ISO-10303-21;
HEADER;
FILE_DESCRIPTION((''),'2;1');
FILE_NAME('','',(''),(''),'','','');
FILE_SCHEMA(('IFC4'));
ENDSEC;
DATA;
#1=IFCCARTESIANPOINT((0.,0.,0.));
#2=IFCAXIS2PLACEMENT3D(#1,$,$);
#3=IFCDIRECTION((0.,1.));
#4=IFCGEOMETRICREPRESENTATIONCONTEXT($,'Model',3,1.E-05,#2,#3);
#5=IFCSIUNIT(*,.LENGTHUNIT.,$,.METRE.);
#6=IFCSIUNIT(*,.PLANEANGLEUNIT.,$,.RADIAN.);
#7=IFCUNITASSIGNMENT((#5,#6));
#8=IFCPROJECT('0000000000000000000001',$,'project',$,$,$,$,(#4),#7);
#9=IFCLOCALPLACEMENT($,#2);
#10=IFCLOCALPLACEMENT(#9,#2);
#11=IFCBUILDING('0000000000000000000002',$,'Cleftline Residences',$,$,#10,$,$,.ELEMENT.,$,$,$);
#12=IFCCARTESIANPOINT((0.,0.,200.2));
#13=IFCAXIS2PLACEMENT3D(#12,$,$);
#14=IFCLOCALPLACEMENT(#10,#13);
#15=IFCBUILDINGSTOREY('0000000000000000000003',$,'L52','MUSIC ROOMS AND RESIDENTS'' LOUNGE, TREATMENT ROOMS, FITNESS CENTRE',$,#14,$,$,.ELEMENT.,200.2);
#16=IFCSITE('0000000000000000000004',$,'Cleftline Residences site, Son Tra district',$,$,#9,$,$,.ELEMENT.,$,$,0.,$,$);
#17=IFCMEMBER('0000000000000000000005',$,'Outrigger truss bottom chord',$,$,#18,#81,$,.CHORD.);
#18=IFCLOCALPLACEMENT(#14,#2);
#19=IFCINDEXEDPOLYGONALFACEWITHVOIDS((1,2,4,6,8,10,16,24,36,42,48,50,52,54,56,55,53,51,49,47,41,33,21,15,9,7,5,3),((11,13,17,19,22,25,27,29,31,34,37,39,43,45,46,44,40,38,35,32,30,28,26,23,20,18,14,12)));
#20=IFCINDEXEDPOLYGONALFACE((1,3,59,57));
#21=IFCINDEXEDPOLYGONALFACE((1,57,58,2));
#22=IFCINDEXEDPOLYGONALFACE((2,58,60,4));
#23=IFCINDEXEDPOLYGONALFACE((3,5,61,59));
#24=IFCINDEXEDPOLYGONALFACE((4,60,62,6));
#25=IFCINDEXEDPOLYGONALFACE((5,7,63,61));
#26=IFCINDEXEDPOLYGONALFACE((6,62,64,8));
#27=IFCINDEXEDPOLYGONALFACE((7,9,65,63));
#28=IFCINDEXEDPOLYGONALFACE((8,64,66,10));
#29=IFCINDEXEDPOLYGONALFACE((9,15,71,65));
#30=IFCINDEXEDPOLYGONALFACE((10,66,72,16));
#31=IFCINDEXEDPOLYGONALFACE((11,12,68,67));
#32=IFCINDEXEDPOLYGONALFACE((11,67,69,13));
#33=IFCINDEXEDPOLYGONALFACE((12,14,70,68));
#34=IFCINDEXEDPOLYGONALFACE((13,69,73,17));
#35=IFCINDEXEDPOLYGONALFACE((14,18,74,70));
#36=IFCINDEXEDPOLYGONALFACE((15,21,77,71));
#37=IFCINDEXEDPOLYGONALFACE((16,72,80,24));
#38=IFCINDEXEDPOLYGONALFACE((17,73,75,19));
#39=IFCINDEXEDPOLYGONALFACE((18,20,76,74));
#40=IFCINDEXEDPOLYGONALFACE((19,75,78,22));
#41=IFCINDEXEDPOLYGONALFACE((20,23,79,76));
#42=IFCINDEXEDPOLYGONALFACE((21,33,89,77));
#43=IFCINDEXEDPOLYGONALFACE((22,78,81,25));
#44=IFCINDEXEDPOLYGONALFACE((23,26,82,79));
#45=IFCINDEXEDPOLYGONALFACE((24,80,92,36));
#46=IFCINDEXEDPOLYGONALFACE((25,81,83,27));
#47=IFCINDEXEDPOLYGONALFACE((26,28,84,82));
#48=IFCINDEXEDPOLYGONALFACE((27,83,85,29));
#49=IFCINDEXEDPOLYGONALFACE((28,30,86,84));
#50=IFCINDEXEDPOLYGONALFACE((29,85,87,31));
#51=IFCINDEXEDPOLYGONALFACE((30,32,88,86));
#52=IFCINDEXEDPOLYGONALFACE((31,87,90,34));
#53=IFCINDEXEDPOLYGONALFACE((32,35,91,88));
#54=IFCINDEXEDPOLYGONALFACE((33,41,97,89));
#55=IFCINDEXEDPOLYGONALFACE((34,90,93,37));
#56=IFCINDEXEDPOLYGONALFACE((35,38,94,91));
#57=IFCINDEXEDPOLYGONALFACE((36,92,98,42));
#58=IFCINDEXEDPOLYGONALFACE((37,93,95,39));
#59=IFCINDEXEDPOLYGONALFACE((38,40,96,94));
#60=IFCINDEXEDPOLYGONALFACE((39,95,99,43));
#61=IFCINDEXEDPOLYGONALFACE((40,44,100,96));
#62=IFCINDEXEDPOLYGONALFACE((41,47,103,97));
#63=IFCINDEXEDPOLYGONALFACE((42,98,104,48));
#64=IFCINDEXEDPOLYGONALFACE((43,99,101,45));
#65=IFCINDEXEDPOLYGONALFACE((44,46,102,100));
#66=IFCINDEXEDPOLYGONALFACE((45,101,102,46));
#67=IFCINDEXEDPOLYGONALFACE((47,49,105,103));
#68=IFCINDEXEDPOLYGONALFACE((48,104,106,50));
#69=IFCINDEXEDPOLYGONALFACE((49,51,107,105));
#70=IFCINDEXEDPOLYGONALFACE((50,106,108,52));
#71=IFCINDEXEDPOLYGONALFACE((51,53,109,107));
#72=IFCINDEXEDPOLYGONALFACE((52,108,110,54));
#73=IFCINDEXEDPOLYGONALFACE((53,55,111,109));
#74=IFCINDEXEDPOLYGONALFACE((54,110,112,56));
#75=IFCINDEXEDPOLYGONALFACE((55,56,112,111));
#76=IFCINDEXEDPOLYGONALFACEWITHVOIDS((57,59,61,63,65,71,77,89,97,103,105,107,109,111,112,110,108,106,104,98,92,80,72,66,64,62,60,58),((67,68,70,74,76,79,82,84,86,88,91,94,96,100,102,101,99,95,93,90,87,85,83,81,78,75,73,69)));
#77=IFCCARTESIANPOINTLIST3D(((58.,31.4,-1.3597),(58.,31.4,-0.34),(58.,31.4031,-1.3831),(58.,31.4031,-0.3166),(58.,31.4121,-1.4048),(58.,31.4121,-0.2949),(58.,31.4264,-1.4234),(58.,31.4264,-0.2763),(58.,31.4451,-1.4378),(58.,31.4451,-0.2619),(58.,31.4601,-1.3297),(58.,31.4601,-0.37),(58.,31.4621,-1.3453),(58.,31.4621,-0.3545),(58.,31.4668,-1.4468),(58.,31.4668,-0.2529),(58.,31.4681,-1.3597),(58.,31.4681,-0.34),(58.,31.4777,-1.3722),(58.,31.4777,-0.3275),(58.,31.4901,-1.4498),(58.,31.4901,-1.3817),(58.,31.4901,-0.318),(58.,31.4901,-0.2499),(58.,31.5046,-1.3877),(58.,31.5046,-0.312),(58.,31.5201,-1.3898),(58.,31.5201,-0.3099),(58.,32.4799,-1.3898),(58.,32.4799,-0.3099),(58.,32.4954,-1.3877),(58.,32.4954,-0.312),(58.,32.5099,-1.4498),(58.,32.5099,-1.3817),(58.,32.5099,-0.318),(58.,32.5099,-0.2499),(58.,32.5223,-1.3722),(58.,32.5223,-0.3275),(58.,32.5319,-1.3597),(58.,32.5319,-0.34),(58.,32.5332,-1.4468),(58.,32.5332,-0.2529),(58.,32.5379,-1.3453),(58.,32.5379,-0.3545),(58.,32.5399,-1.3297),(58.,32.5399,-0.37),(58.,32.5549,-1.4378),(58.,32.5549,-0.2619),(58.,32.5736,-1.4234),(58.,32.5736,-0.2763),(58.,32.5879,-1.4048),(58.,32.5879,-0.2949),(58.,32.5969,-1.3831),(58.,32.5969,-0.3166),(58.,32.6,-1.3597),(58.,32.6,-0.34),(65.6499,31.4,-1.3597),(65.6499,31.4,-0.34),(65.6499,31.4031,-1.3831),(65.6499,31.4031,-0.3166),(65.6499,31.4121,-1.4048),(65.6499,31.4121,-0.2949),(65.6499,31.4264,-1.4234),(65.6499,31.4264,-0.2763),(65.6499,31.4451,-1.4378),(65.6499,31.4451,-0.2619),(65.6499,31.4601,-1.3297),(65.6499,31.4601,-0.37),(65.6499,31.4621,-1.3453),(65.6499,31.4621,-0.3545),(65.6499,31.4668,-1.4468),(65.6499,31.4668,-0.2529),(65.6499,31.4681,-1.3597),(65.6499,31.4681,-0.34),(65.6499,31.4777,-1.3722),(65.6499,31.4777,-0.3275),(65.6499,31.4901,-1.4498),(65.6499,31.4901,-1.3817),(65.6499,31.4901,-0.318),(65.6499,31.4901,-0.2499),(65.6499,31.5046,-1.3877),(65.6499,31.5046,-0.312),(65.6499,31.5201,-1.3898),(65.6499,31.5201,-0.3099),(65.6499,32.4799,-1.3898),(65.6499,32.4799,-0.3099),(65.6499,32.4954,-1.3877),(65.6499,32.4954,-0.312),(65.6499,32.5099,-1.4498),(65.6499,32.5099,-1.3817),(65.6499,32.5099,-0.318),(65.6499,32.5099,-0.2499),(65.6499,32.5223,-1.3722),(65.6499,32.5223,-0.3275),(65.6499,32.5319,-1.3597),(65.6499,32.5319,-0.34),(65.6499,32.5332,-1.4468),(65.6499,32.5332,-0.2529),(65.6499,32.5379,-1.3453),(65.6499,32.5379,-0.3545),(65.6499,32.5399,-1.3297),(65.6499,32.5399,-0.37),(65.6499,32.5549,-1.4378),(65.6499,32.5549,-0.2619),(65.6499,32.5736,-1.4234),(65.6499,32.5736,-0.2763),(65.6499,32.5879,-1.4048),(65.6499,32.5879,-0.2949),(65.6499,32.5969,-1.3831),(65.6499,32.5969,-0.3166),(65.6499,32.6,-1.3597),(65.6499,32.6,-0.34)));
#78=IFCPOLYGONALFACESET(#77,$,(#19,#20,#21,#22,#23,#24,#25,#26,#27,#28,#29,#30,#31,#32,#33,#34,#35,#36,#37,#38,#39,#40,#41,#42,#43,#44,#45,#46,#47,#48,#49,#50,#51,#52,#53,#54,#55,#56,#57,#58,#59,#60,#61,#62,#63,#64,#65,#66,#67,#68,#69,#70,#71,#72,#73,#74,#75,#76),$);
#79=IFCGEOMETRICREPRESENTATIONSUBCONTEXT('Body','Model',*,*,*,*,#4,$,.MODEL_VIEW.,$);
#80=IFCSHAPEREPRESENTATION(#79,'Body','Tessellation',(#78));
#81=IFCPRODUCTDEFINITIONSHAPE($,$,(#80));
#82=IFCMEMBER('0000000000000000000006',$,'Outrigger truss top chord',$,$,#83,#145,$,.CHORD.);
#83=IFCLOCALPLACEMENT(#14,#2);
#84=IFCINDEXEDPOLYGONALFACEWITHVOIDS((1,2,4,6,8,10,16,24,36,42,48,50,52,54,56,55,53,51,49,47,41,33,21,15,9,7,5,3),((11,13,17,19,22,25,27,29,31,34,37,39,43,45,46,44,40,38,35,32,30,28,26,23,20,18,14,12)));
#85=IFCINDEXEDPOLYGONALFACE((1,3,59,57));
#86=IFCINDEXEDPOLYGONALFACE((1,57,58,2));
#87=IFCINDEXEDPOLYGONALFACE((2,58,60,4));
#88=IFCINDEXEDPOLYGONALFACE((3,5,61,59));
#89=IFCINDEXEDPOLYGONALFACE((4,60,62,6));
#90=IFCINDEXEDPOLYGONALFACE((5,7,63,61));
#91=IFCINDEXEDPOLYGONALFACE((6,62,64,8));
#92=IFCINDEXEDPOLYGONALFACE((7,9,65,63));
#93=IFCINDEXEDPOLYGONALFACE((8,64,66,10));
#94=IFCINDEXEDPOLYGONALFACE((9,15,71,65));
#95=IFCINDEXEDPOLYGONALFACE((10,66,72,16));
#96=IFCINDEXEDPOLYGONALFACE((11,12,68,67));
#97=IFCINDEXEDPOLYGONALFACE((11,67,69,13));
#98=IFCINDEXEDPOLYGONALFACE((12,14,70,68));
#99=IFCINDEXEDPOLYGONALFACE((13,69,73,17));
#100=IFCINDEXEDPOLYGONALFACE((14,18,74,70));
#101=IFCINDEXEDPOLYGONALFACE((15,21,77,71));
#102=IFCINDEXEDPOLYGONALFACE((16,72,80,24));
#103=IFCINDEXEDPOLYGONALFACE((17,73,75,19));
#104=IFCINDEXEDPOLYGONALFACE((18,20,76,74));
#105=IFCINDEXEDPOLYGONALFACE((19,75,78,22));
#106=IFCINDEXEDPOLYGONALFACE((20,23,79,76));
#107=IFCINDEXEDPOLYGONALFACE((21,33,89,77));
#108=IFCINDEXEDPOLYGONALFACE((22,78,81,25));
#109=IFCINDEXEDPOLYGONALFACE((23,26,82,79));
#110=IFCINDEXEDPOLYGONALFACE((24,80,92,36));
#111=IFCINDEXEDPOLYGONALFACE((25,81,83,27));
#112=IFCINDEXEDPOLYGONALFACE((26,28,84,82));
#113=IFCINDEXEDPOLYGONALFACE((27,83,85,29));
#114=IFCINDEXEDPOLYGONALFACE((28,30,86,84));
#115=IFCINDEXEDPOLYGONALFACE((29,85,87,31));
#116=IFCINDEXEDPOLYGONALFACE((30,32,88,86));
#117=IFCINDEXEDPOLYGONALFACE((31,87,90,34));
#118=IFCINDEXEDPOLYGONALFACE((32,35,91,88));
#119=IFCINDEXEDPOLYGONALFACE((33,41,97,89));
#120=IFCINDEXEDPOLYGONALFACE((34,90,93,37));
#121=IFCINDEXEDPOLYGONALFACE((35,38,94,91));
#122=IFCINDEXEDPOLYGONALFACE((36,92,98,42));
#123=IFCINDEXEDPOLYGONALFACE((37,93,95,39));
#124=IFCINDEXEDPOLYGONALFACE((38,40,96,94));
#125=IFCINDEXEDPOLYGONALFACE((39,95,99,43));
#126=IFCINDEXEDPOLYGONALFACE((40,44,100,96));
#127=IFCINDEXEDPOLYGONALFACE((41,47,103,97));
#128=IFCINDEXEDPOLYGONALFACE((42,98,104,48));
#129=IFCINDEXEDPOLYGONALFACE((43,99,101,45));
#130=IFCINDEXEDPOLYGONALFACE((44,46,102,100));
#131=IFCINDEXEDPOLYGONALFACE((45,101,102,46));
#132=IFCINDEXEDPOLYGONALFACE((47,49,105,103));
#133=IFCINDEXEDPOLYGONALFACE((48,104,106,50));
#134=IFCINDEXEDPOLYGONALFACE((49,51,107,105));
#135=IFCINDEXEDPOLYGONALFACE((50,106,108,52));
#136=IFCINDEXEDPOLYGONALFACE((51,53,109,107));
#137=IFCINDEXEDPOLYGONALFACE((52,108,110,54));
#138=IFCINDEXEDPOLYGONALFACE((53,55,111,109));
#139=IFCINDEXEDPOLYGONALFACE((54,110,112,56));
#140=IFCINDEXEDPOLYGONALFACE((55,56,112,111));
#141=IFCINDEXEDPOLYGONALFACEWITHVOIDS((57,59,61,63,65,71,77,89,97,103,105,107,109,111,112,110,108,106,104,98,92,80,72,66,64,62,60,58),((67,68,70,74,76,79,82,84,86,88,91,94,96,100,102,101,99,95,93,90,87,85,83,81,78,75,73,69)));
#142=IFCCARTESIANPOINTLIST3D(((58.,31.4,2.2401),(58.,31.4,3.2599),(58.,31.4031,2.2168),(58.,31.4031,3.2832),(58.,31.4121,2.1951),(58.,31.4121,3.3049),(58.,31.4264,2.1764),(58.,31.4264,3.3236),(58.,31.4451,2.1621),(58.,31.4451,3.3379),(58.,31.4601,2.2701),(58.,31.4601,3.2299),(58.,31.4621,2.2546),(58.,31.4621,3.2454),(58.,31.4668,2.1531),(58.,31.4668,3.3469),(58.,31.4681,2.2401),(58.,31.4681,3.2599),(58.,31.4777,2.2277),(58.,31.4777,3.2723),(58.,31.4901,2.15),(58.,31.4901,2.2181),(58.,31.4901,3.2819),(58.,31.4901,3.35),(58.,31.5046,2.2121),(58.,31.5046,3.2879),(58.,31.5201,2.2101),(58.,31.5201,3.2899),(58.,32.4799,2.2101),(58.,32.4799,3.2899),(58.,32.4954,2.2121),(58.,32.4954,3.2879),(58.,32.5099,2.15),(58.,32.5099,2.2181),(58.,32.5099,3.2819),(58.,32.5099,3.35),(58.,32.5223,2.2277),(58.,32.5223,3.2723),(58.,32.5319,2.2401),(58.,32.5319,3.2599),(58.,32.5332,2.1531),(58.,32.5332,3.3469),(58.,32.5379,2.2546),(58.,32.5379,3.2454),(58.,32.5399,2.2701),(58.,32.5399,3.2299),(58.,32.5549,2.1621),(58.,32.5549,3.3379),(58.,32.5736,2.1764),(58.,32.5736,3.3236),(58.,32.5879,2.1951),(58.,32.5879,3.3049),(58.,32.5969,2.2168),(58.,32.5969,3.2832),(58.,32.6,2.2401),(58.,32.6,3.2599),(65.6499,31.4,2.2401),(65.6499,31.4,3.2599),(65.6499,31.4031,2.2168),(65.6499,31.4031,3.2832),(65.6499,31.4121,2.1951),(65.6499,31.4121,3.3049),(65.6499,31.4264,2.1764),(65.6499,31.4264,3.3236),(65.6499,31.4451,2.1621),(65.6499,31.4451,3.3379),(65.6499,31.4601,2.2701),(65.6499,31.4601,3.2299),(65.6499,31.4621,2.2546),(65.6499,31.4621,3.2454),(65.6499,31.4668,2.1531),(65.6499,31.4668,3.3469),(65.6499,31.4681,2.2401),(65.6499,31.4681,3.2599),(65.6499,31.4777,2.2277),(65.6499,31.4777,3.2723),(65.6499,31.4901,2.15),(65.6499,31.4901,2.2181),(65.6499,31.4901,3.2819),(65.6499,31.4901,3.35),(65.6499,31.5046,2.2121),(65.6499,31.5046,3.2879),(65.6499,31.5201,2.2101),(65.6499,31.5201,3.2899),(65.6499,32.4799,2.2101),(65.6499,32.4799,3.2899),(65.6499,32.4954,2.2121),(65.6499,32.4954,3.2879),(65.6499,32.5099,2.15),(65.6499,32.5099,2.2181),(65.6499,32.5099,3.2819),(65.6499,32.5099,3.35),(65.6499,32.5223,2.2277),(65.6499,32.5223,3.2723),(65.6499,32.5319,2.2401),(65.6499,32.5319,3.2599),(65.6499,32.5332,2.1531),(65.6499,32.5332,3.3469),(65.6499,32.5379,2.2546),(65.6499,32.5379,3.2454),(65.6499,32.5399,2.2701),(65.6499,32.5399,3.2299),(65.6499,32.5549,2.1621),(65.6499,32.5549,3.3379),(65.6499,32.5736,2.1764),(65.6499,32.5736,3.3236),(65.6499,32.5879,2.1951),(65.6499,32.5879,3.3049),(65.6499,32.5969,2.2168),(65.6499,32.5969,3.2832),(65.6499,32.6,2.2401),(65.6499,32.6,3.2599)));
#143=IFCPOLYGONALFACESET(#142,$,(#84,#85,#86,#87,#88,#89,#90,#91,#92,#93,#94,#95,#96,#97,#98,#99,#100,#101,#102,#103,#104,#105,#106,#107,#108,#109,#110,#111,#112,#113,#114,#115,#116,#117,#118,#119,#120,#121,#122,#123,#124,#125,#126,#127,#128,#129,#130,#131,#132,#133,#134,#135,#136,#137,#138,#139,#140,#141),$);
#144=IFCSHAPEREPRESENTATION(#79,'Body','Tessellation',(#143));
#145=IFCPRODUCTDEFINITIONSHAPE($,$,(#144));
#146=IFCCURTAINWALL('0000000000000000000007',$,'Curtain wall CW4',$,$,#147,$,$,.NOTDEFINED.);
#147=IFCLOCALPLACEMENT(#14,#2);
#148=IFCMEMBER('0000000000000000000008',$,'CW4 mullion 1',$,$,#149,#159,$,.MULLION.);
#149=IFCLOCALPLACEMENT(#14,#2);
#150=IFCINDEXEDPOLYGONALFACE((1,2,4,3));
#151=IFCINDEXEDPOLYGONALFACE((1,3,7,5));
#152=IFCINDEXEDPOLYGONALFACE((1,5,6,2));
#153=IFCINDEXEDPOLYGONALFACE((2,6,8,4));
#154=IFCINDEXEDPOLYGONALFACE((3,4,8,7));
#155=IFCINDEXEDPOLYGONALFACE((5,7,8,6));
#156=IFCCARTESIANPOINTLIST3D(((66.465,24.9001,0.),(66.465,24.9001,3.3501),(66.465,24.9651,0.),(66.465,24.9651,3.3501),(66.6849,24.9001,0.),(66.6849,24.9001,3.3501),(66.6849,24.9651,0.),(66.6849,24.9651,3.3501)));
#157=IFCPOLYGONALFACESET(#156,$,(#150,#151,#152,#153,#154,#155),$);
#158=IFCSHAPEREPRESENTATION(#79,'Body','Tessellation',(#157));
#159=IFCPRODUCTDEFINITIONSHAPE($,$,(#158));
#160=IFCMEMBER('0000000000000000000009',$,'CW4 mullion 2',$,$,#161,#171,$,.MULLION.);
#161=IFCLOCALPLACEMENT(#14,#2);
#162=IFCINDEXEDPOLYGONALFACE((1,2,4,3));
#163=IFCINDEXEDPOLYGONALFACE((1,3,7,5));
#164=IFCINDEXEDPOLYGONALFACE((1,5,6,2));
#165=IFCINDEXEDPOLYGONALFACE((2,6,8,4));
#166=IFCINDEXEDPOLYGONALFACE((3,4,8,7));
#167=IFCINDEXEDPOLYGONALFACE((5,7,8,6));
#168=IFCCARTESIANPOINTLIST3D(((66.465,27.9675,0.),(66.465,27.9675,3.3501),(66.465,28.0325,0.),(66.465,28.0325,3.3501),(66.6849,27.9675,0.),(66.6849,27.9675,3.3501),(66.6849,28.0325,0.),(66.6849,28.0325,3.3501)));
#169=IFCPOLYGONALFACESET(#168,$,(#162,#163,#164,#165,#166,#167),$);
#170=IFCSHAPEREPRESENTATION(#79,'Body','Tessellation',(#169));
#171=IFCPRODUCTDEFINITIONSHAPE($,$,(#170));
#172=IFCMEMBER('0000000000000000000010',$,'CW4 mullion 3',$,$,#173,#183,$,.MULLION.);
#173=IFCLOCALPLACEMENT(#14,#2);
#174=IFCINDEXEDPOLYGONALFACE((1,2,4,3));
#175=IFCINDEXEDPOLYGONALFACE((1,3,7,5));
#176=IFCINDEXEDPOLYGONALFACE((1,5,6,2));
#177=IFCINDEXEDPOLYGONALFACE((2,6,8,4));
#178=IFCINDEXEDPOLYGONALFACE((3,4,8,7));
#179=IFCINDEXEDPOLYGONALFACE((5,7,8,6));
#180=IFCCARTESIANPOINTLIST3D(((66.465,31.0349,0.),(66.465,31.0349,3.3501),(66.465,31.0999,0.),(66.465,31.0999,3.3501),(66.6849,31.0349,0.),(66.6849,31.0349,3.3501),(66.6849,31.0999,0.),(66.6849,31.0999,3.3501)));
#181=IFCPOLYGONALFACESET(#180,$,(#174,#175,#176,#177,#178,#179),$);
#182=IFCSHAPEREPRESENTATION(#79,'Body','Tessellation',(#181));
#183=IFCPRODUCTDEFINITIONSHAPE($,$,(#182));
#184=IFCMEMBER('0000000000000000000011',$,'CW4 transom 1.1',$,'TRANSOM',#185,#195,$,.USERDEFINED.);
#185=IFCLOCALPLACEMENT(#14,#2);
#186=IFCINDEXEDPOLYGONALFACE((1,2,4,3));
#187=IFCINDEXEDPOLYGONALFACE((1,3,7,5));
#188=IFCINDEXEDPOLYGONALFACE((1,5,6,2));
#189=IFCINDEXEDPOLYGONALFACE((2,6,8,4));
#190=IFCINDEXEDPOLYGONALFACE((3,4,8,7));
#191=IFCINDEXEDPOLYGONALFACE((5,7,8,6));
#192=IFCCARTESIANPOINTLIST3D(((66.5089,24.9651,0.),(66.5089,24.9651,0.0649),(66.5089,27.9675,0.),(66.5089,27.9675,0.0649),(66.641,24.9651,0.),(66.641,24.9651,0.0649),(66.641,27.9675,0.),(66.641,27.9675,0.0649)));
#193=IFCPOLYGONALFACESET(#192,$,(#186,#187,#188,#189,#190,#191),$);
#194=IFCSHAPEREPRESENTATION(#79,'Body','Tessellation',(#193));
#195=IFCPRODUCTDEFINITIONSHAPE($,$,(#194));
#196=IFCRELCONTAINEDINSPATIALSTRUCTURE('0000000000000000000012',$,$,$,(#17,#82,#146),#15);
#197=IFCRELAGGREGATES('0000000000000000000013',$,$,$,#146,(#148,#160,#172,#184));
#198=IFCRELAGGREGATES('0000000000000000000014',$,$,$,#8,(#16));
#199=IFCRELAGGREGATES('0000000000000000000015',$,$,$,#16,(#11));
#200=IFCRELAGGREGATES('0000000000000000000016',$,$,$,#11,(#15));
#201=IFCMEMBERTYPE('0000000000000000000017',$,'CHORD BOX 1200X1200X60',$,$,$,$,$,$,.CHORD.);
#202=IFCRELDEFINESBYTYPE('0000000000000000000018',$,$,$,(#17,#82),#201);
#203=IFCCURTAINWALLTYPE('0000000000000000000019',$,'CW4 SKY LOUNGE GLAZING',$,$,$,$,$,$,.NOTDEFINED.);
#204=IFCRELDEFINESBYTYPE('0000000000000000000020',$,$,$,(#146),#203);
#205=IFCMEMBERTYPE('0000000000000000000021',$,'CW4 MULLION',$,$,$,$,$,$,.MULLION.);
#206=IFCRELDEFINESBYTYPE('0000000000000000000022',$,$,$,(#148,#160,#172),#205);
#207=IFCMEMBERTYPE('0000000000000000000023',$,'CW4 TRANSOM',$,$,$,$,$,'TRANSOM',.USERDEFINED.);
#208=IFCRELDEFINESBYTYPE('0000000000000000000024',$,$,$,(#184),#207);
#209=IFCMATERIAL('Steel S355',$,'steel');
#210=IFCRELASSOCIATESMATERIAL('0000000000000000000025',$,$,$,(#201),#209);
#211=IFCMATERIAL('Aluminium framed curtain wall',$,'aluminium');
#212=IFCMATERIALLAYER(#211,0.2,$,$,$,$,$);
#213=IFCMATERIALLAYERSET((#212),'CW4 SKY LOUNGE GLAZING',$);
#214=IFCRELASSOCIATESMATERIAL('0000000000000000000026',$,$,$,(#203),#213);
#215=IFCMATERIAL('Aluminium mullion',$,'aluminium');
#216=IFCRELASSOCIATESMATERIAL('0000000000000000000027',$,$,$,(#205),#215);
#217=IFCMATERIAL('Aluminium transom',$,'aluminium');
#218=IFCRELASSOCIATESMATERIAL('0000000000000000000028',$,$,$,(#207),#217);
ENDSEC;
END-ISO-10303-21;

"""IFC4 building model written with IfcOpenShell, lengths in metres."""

from ifc_helpers import new_model, si_unit, direction, frame, origin, origin_2d, place, context, subcontext, project, spatial, rectangle, hollow_rectangle, extrude, material, layer, layer_set, material_profile, profile_set, type_object, element, aggregate, save


model = new_model("IFC4")

# Units and contexts
model_context = context("Model", 3, precision=1e-05, world=origin(), true_north=direction((0.0, 1.0)))
body_context = subcontext(model_context, "Body", "Model", "MODEL_VIEW")
ifc_project = project(units=[si_unit("LENGTHUNIT", "METRE"), si_unit("PLANEANGLEUNIT", "RADIAN")], contexts=[model_context])

# Site, building, storey
site_placement = place(None, origin())
site = spatial("IfcSite", under=ifc_project, at=site_placement, Name="Cleftline Residences site, Son Tra district", CompositionType="ELEMENT", RefElevation=0.0)
building_placement = place(site_placement, origin())
building = spatial("IfcBuilding", under=site, at=building_placement, Name="Cleftline Residences", CompositionType="ELEMENT")
storey_placement = place(building_placement, frame((0.0, 0.0, 200.2)))
storey = spatial("IfcBuildingStorey", under=building, at=storey_placement, Name="L52", Description="MUSIC ROOMS AND RESIDENTS' LOUNGE, TREATMENT ROOMS, FITNESS CENTRE", CompositionType="ELEMENT", Elevation=200.2)

# Members
ifc_material_1 = material(Name="Steel S355", Category="steel")
ifc_material_profile_1 = material_profile(ifc_material_1, hollow_rectangle(XDim=1.2, YDim=1.2, WallThickness=0.0601, InnerFilletRadius=0.0601, OuterFilletRadius=0.0901, at=origin_2d()))
ifc_profile_set_1 = profile_set([ifc_material_profile_1], Name="Steel S355")
member_type_1 = type_object("IfcMemberType", Name="CHORD BOX 1200X1200X60", PredefinedType="CHORD", material=ifc_profile_set_1)
for number, where, z_axis, x_axis, name in (
    (1, (58.0, 32.0, -0.8499), (1.0, 0.0, 0.0), (0.0, 1.0, 0.0), "Outrigger truss bottom chord"),
    (2, (58.0, 32.0, 2.75), (1.0, 0.0, 0.0), (0.0, 1.0, 0.0), "Outrigger truss top chord"),
):
    element("IfcMember", number, at=place(storey_placement, frame(where, z_axis=z_axis, x_axis=x_axis)), inside=storey, type_object=member_type_1, Name=name, PredefinedType="CHORD", context=body_context, shape_type="SweptSolid", body=[
        extrude(hollow_rectangle(XDim=1.2, YDim=1.2, WallThickness=0.0601, InnerFilletRadius=0.0601, OuterFilletRadius=0.0901, at=origin_2d()), origin(), (0.0, 0.0, 1.0), 7.6499),
    ])

# Curtain wall, members
ifc_material_2 = material(Name="Aluminium framed curtain wall", Category="aluminium")
ifc_layer_1 = layer(ifc_material_2, 0.2)
ifc_layer_set_1 = layer_set([ifc_layer_1], Name="CW4 SKY LOUNGE GLAZING")
curtain_wall_type = type_object("IfcCurtainWallType", Name="CW4 SKY LOUNGE GLAZING", PredefinedType="NOTDEFINED", material=ifc_layer_set_1)
curtain_wall_placement = place(storey_placement, origin())
curtain_wall = element("IfcCurtainWall", 3, at=curtain_wall_placement, inside=storey, type_object=curtain_wall_type, Name="Curtain wall CW4", PredefinedType="NOTDEFINED")
ifc_material_3 = material(Name="Aluminium mullion", Category="aluminium")
ifc_material_profile_2 = material_profile(ifc_material_3, rectangle(XDim=0.22, YDim=0.0649, at=origin_2d()))
ifc_profile_set_2 = profile_set([ifc_material_profile_2], Name="Aluminium mullion")
member_type_2 = type_object("IfcMemberType", Name="CW4 MULLION", PredefinedType="MULLION", material=ifc_profile_set_2)
member_1_placement = place(storey_placement, frame((66.575, 24.9326, 0.0), z_axis=(0.0, 0.0, 1.0), x_axis=(-1.0, 0.0, 0.0)))
member_1 = element("IfcMember", 4, at=member_1_placement, type_object=member_type_2, Name="CW4 mullion 1", PredefinedType="MULLION", context=body_context, shape_type="SweptSolid", body=[
    extrude(rectangle(XDim=0.22, YDim=0.0649, at=origin_2d()), origin(), (0.0, 0.0, 1.0), 3.3501),
])
member_2_placement = place(storey_placement, frame((66.575, 28.0, 0.0), z_axis=(0.0, 0.0, 1.0), x_axis=(-1.0, 0.0, 0.0)))
member_2 = element("IfcMember", 5, at=member_2_placement, type_object=member_type_2, Name="CW4 mullion 2", PredefinedType="MULLION", context=body_context, shape_type="SweptSolid", body=[
    extrude(rectangle(XDim=0.22, YDim=0.0649, at=origin_2d()), origin(), (0.0, 0.0, 1.0), 3.3501),
])
member_3_placement = place(storey_placement, frame((66.575, 31.0674, 0.0), z_axis=(0.0, 0.0, 1.0), x_axis=(-1.0, 0.0, 0.0)))
member_3 = element("IfcMember", 6, at=member_3_placement, type_object=member_type_2, Name="CW4 mullion 3", PredefinedType="MULLION", context=body_context, shape_type="SweptSolid", body=[
    extrude(rectangle(XDim=0.22, YDim=0.0649, at=origin_2d()), origin(), (0.0, 0.0, 1.0), 3.3501),
])
ifc_material_4 = material(Name="Aluminium transom", Category="aluminium")
ifc_material_profile_3 = material_profile(ifc_material_4, rectangle(XDim=0.1321, YDim=0.0649, at=origin_2d()))
ifc_profile_set_3 = profile_set([ifc_material_profile_3], Name="Aluminium transom")
member_type_3 = type_object("IfcMemberType", Name="CW4 TRANSOM", ElementType="TRANSOM", PredefinedType="USERDEFINED", material=ifc_profile_set_3)
member_4_placement = place(storey_placement, frame((66.575, 24.9651, 0.0325), z_axis=(0.0, 1.0, 0.0), x_axis=(-1.0, 0.0, 0.0)))
member_4 = element("IfcMember", 7, at=member_4_placement, type_object=member_type_3, Name="CW4 transom 1.1", ObjectType="TRANSOM", PredefinedType="USERDEFINED", context=body_context, shape_type="SweptSolid", body=[
    extrude(rectangle(XDim=0.1321, YDim=0.0649, at=origin_2d()), origin(), (0.0, 0.0, 1.0), 3.0024),
])
aggregate(curtain_wall, [member_1, member_2, member_3, member_4])

save(model, "model.ifc")
